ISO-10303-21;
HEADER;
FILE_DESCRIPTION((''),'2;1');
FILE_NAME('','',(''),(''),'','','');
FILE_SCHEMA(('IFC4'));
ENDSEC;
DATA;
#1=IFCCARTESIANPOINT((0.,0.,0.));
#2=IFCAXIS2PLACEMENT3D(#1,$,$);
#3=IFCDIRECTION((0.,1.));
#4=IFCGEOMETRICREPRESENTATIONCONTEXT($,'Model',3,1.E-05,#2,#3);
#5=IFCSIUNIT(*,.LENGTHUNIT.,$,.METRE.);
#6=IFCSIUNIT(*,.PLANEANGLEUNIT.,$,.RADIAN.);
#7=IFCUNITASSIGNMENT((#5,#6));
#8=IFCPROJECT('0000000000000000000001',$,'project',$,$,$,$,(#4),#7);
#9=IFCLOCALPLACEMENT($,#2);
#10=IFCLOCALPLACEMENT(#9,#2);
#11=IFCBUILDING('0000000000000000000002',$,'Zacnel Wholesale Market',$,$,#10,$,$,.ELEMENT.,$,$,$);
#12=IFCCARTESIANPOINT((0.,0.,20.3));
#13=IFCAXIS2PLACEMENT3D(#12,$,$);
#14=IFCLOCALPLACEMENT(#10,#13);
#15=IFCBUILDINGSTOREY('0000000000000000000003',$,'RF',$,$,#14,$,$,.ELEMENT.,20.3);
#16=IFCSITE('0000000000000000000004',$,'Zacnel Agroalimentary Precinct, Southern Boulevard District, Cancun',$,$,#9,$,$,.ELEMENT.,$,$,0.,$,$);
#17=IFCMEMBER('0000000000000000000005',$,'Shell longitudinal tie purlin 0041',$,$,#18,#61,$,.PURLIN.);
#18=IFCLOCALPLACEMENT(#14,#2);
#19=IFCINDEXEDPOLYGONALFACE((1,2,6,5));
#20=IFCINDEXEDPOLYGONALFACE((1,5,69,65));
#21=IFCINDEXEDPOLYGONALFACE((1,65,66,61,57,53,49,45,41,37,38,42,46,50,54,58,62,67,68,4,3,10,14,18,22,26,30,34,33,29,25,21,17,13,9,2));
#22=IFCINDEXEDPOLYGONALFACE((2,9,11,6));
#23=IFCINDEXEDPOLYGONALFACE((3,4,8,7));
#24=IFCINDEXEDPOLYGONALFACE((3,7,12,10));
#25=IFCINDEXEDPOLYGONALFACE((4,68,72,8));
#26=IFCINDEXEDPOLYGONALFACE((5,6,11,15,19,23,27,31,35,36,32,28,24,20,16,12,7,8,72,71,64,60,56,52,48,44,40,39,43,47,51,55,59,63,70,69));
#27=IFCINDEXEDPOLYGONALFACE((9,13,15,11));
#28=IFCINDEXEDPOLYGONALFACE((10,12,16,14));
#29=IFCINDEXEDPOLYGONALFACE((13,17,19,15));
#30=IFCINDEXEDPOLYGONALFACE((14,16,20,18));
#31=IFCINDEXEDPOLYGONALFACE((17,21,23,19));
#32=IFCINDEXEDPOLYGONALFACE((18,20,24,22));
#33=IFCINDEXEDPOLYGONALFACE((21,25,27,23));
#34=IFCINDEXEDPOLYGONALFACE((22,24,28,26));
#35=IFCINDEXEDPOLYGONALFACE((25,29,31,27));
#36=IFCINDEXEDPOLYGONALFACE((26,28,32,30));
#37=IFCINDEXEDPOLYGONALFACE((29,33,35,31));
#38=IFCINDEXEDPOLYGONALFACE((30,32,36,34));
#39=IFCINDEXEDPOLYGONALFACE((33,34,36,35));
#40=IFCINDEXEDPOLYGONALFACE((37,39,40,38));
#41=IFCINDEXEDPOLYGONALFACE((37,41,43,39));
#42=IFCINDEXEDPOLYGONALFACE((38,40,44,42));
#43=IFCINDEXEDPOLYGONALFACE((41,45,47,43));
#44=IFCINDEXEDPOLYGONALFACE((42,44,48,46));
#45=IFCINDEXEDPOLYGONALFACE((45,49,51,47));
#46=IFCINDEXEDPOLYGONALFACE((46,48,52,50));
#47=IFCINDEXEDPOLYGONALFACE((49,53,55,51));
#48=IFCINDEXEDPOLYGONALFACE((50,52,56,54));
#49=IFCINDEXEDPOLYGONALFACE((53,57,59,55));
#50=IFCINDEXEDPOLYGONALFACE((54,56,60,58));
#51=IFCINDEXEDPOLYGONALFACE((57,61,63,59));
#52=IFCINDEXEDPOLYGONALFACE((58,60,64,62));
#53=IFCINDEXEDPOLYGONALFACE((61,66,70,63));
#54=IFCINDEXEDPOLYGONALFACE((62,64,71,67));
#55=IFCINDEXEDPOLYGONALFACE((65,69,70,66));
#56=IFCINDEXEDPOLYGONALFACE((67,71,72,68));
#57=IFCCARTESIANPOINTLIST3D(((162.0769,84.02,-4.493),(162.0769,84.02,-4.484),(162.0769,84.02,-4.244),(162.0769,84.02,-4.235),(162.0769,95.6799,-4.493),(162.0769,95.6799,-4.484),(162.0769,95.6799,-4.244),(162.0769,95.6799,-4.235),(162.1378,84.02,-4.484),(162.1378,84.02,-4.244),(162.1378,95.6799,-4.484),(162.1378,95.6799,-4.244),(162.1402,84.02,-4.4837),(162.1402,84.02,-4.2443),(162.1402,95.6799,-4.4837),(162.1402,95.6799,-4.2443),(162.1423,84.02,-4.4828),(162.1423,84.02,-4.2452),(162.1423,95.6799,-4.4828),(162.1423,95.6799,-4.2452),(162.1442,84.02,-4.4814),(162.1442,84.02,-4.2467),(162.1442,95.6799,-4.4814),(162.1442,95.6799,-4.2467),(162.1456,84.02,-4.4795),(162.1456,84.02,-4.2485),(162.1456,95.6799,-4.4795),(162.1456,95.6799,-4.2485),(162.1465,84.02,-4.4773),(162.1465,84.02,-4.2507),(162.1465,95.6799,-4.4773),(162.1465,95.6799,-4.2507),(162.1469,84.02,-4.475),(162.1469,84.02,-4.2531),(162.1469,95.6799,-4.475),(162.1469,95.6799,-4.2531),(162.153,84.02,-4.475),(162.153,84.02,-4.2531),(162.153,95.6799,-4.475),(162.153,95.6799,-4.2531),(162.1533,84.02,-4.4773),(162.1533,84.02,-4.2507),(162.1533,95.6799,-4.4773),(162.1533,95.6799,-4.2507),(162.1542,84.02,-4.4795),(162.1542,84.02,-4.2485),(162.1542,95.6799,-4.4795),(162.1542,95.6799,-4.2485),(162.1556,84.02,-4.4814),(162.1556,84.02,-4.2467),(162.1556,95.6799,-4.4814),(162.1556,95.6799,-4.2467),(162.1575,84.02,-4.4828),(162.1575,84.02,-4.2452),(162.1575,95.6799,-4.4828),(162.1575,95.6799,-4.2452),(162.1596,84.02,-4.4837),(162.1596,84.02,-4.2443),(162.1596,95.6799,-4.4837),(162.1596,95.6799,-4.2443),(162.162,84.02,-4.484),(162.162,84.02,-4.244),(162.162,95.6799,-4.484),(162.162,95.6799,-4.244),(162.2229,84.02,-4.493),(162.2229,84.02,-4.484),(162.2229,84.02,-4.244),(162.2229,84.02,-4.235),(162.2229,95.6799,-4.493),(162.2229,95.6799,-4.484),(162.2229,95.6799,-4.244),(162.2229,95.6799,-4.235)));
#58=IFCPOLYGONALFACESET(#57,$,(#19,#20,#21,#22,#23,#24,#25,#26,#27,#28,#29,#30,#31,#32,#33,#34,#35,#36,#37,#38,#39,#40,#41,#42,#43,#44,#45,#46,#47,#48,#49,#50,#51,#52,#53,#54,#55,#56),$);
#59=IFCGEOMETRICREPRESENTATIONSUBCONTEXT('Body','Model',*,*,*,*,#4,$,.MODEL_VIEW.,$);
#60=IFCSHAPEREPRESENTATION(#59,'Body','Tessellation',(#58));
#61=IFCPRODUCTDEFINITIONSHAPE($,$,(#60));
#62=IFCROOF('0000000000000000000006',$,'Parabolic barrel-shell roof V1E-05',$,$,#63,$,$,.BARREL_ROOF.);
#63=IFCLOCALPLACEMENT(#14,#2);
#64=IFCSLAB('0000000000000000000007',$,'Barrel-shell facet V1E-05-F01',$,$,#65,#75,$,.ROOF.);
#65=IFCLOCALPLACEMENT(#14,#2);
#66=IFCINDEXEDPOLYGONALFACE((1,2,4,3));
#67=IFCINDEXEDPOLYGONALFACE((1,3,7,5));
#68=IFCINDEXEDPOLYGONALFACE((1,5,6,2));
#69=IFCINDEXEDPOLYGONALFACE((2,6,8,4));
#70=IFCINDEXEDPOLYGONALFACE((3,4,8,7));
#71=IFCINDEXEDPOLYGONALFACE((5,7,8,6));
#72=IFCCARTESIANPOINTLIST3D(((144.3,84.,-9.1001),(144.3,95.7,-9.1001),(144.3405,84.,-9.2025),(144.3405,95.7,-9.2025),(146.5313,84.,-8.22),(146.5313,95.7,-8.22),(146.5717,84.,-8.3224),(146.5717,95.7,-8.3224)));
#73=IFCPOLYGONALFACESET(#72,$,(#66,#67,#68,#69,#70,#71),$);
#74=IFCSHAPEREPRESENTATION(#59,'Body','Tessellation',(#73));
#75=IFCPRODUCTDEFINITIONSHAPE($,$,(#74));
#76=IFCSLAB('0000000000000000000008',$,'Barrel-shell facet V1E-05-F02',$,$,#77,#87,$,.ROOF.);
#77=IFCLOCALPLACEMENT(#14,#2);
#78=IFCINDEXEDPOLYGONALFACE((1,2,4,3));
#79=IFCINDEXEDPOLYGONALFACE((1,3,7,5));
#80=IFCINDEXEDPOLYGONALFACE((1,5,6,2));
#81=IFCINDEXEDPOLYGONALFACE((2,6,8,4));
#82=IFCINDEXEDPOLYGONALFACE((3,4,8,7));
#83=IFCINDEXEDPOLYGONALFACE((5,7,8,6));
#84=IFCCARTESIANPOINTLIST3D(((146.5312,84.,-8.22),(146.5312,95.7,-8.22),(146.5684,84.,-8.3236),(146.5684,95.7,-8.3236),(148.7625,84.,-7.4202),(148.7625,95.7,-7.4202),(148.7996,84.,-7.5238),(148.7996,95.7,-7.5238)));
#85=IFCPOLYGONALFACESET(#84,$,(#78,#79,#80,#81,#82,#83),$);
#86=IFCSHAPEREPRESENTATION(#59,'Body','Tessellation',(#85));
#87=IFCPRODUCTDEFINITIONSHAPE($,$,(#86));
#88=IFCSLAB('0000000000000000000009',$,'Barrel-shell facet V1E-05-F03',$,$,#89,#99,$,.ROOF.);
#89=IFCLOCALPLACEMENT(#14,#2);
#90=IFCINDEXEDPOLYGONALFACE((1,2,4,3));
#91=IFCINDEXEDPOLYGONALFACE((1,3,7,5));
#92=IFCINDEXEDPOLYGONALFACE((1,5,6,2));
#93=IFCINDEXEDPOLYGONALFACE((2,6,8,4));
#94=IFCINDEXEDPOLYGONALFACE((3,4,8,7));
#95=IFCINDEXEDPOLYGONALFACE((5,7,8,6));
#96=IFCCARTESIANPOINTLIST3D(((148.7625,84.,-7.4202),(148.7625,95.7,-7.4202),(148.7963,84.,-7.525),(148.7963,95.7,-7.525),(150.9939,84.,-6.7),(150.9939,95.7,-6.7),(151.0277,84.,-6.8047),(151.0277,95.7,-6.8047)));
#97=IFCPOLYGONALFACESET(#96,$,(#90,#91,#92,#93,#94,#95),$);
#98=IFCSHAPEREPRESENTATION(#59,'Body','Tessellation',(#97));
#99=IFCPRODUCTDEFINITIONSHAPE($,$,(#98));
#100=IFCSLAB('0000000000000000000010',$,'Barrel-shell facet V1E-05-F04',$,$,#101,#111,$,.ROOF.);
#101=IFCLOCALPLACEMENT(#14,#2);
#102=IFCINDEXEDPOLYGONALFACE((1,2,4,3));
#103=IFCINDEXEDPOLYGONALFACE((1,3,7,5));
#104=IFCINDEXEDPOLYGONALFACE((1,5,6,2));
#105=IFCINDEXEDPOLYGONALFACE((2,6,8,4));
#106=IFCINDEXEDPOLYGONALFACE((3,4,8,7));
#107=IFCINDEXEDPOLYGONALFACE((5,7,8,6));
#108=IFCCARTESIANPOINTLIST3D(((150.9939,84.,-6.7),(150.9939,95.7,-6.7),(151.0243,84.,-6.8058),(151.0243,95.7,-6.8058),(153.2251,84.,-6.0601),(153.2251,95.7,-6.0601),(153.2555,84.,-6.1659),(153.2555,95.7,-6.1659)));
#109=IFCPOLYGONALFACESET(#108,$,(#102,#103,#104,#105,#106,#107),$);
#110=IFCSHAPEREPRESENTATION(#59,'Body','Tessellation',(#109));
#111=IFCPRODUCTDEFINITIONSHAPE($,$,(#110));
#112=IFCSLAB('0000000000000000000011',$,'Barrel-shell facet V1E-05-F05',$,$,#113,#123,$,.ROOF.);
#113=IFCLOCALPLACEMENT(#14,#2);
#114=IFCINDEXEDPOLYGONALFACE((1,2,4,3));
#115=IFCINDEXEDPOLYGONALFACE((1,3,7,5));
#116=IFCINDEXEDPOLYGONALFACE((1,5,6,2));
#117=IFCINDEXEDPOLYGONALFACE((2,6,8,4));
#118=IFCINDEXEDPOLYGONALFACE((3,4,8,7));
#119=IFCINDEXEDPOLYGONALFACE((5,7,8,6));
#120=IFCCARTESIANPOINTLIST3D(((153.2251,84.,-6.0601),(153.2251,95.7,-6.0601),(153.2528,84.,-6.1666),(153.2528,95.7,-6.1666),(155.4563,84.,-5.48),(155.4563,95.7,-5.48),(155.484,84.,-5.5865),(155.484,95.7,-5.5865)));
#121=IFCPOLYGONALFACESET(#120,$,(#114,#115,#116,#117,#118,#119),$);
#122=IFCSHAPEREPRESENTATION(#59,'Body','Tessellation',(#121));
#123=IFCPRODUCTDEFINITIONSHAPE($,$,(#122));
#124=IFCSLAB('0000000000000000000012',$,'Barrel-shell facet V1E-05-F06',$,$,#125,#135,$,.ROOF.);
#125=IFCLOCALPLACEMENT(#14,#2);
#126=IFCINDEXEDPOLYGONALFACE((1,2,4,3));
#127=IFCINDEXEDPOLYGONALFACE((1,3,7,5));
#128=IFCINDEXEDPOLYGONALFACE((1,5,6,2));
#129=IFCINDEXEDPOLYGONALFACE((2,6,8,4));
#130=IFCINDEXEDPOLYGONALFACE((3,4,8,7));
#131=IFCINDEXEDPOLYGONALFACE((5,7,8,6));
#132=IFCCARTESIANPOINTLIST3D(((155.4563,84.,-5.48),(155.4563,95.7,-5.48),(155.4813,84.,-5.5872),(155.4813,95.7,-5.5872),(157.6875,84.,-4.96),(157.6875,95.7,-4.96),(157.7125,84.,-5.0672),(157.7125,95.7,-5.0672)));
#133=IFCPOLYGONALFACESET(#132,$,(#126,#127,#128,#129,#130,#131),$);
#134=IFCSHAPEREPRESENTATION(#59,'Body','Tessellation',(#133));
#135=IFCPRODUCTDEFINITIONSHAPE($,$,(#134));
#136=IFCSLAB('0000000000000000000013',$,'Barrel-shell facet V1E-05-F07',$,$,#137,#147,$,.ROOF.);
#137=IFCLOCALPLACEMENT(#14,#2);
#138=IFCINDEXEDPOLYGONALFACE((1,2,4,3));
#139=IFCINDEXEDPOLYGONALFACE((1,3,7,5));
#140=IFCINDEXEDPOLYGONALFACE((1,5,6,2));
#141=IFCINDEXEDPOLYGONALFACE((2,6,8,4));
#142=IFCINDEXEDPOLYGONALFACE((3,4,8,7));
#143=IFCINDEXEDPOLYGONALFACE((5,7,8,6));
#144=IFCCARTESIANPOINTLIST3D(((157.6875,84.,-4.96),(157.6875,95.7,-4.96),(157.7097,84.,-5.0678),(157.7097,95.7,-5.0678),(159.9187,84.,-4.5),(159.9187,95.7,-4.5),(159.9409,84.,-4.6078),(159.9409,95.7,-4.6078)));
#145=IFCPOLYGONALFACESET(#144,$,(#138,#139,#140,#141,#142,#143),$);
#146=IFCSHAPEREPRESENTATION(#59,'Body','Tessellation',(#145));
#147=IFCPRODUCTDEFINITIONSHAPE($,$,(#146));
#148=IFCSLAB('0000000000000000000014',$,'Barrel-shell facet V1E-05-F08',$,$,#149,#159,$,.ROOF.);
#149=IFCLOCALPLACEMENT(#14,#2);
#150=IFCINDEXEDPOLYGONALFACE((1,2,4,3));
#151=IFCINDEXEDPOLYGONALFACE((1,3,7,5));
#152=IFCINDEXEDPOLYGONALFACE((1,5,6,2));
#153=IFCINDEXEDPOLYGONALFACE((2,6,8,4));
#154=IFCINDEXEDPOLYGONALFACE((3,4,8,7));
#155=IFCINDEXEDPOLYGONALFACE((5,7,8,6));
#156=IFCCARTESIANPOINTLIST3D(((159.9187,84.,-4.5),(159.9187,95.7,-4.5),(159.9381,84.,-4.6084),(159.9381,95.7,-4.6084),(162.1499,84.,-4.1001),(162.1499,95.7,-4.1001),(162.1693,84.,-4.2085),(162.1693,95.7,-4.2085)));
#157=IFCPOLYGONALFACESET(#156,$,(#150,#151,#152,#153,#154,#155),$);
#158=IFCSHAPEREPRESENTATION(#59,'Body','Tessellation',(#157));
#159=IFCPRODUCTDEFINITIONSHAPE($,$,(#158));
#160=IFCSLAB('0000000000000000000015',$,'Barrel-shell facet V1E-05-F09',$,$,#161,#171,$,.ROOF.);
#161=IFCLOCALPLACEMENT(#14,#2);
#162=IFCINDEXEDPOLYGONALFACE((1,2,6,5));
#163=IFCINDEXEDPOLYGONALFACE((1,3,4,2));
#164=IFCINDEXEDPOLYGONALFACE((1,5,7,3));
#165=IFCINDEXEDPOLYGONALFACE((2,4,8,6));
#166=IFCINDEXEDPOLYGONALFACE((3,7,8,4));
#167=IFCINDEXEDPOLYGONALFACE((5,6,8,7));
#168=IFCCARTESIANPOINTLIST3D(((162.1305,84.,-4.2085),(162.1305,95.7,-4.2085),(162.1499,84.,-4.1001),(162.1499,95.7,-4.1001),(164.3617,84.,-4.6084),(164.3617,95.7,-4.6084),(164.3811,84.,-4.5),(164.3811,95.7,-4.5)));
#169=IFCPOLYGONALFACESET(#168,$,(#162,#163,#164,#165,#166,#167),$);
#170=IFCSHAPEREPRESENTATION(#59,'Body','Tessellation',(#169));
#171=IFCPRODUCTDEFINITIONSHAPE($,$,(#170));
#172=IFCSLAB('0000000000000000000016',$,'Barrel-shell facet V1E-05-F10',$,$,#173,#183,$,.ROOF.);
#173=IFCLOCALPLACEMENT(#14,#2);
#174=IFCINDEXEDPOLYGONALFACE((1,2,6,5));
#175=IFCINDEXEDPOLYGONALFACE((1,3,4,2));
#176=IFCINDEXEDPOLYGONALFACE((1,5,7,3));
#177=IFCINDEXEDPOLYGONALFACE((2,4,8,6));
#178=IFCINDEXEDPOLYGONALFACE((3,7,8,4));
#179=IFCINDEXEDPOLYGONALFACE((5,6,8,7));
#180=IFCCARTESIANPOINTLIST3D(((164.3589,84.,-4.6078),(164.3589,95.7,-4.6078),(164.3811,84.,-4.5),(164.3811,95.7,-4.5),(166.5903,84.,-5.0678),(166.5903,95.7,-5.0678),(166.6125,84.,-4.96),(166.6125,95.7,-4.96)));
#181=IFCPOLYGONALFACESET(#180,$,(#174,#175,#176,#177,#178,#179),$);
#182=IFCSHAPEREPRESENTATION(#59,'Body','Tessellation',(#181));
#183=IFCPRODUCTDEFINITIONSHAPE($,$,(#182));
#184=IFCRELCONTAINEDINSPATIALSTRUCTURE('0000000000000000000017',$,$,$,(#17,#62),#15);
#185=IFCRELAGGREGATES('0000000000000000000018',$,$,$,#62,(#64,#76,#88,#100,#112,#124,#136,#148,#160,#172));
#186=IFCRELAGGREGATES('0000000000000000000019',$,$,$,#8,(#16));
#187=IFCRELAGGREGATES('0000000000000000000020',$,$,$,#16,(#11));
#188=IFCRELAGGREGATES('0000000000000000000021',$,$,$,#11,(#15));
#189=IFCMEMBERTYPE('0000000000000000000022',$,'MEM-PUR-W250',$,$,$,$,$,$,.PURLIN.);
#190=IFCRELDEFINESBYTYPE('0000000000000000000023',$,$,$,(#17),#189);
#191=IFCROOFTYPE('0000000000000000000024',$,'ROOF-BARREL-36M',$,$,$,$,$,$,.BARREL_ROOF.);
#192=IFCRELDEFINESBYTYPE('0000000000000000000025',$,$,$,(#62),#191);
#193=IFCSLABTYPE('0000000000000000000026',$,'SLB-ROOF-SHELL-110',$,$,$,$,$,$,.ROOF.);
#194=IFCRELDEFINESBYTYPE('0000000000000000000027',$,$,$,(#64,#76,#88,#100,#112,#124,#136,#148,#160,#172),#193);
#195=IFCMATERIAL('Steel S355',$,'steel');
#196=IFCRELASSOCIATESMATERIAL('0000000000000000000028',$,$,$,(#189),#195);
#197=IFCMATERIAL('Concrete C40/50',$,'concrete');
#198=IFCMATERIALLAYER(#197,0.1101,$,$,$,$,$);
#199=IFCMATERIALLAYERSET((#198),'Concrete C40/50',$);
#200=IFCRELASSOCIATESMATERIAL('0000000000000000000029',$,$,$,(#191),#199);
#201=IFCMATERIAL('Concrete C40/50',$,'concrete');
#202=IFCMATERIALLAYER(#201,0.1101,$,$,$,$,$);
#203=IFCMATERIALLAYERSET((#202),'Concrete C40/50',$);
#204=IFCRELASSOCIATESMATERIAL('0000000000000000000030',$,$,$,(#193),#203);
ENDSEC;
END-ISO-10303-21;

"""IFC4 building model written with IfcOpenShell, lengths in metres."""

from ifc_helpers import new_model, si_unit, direction, frame, origin, origin_2d, place, context, subcontext, project, spatial, polyline, i_section, outline, extrude, material, layer, layer_set, material_profile, profile_set, type_object, element, aggregate, save


model = new_model("IFC4")

# Units and contexts
model_context = context("Model", 3, precision=1e-05, world=origin(), true_north=direction((0.0, 1.0)))
body_context = subcontext(model_context, "Body", "Model", "MODEL_VIEW")
ifc_project = project(units=[si_unit("LENGTHUNIT", "METRE"), si_unit("PLANEANGLEUNIT", "RADIAN")], contexts=[model_context])

# Site, building, storey
site_placement = place(None, origin())
site = spatial("IfcSite", under=ifc_project, at=site_placement, Name="Zacnel Agroalimentary Precinct, Southern Boulevard District, Cancun", CompositionType="ELEMENT", RefElevation=0.0)
building_placement = place(site_placement, origin())
building = spatial("IfcBuilding", under=site, at=building_placement, Name="Zacnel Wholesale Market", CompositionType="ELEMENT")
storey_placement = place(building_placement, frame((0.0, 0.0, 20.3)))
storey = spatial("IfcBuildingStorey", under=building, at=storey_placement, Name="RF", CompositionType="ELEMENT", Elevation=20.3)

# Member
ifc_material_1 = material(Name="Steel S355", Category="steel")
ifc_material_profile_1 = material_profile(ifc_material_1, i_section(OverallWidth=0.146, OverallDepth=0.2581, WebThickness=0.0061, FlangeThickness=0.009, FilletRadius=0.009, at=origin_2d()), Name="W250X32.7")
ifc_profile_set_1 = profile_set([ifc_material_profile_1], Name="Steel S355")
member_type_1 = type_object("IfcMemberType", Name="MEM-PUR-W250", PredefinedType="PURLIN", material=ifc_profile_set_1)
member_1_placement = place(storey_placement, frame((162.1499, 84.02, -4.364), z_axis=(0.0, 1.0, 0.0), x_axis=(-1.0, 0.0, 0.0)))
element("IfcMember", 1, at=member_1_placement, inside=storey, type_object=member_type_1, Name="Shell longitudinal tie purlin 0041", PredefinedType="PURLIN", context=body_context, shape_type="SweptSolid", body=[
    extrude(i_section(OverallWidth=0.146, OverallDepth=0.2581, WebThickness=0.0061, FlangeThickness=0.009, FilletRadius=0.009, at=origin_2d()), origin(), (0.0, 0.0, 1.0), 11.6599),
])

# Roof, slabs
ifc_material_2 = material(Name="Concrete C40/50", Category="concrete")
ifc_layer_1 = layer(ifc_material_2, 0.1101)
ifc_layer_set_1 = layer_set([ifc_layer_1], Name="Concrete C40/50")
roof_type = type_object("IfcRoofType", Name="ROOF-BARREL-36M", PredefinedType="BARREL_ROOF", material=ifc_layer_set_1)
roof_placement = place(storey_placement, origin())
roof = element("IfcRoof", 2, at=roof_placement, inside=storey, type_object=roof_type, Name="Parabolic barrel-shell roof V1E-05", PredefinedType="BARREL_ROOF")
ifc_material_3 = material(Name="Concrete C40/50", Category="concrete")
ifc_layer_2 = layer(ifc_material_3, 0.1101)
ifc_layer_set_2 = layer_set([ifc_layer_2], Name="Concrete C40/50")
slab_type = type_object("IfcSlabType", Name="SLB-ROOF-SHELL-110", PredefinedType="ROOF", material=ifc_layer_set_2)
slab_1_placement = place(storey_placement, frame((144.3, 84.0, -9.1001), z_axis=(-0.366946, 0.0, 0.930242), x_axis=(0.0, 1.0, 0.0)))
slab_1 = element("IfcSlab", 3, at=slab_1_placement, type_object=slab_type, Name="Barrel-shell facet V1E-05-F01", PredefinedType="ROOF", context=body_context, shape_type="SweptSolid", body=[
    extrude(outline(polyline([(0.0, 0.0), (11.7, 0.0), (11.7, -2.3985), (0.0, -2.3985), (0.0, 0.0)])), origin(), (0.0, 0.0, -1.0), 0.1101),
])
slab_2_placement = place(storey_placement, frame((146.5312, 84.0, -8.22), z_axis=(-0.337439, 0.0, 0.941347), x_axis=(0.0, 1.0, 0.0)))
slab_2 = element("IfcSlab", 4, at=slab_2_placement, type_object=slab_type, Name="Barrel-shell facet V1E-05-F02", PredefinedType="ROOF", context=body_context, shape_type="SweptSolid", body=[
    extrude(outline(polyline([(0.0, 0.0), (11.7, 0.0), (11.7, -2.3702), (0.0, -2.3702), (0.0, 0.0)])), origin(), (0.0, 0.0, -1.0), 0.1101),
])
slab_3_placement = place(storey_placement, frame((148.7625, 84.0, -7.4202), z_axis=(-0.307155, 0.0, 0.95166), x_axis=(0.0, 1.0, 0.0)))
slab_3 = element("IfcSlab", 5, at=slab_3_placement, type_object=slab_type, Name="Barrel-shell facet V1E-05-F03", PredefinedType="ROOF", context=body_context, shape_type="SweptSolid", body=[
    extrude(outline(polyline([(0.0, 0.0), (11.7, 0.0), (11.7, -2.3448), (0.0, -2.3448), (0.0, 0.0)])), origin(), (0.0, 0.0, -1.0), 0.1101),
])
slab_4_placement = place(storey_placement, frame((150.9939, 84.0, -6.7), z_axis=(-0.27568, 0.0, 0.96125), x_axis=(0.0, 1.0, 0.0)))
slab_4 = element("IfcSlab", 6, at=slab_4_placement, type_object=slab_type, Name="Barrel-shell facet V1E-05-F04", PredefinedType="ROOF", context=body_context, shape_type="SweptSolid", body=[
    extrude(outline(polyline([(0.0, 0.0), (11.7, 0.0), (11.7, -2.3211), (0.0, -2.3211), (0.0, 0.0)])), origin(), (0.0, 0.0, -1.0), 0.1101),
])
slab_5_placement = place(storey_placement, frame((153.2251, 84.0, -6.0601), z_axis=(-0.25162, 0.0, 0.967826), x_axis=(0.0, 1.0, 0.0)))
slab_5 = element("IfcSlab", 7, at=slab_5_placement, type_object=slab_type, Name="Barrel-shell facet V1E-05-F05", PredefinedType="ROOF", context=body_context, shape_type="SweptSolid", body=[
    extrude(outline(polyline([(0.0, 0.0), (11.7, 0.0), (11.7, -2.3054), (0.0, -2.3054), (0.0, 0.0)])), origin(), (0.0, 0.0, -1.0), 0.1101),
])
slab_6_placement = place(storey_placement, frame((155.4563, 84.0, -5.48), z_axis=(-0.226984, 0.0, 0.973899), x_axis=(0.0, 1.0, 0.0)))
slab_6 = element("IfcSlab", 8, at=slab_6_placement, type_object=slab_type, Name="Barrel-shell facet V1E-05-F06", PredefinedType="ROOF", context=body_context, shape_type="SweptSolid", body=[
    extrude(outline(polyline([(0.0, 0.0), (11.7, 0.0), (11.7, -2.291), (0.0, -2.291), (0.0, 0.0)])), origin(), (0.0, 0.0, -1.0), 0.1101),
])
slab_7_placement = place(storey_placement, frame((157.6875, 84.0, -4.96), z_axis=(-0.201904, 0.0, 0.979405), x_axis=(0.0, 1.0, 0.0)))
slab_7 = element("IfcSlab", 9, at=slab_7_placement, type_object=slab_type, Name="Barrel-shell facet V1E-05-F07", PredefinedType="ROOF", context=body_context, shape_type="SweptSolid", body=[
    extrude(outline(polyline([(0.0, 0.0), (11.7, 0.0), (11.7, -2.2781), (0.0, -2.2781), (0.0, 0.0)])), origin(), (0.0, 0.0, -1.0), 0.1101),
])
slab_8_placement = place(storey_placement, frame((159.9187, 84.0, -4.5), z_axis=(-0.176421, 0.0, 0.984315), x_axis=(0.0, 1.0, 0.0)))
slab_8 = element("IfcSlab", 10, at=slab_8_placement, type_object=slab_type, Name="Barrel-shell facet V1E-05-F08", PredefinedType="ROOF", context=body_context, shape_type="SweptSolid", body=[
    extrude(outline(polyline([(0.0, 0.0), (11.7, 0.0), (11.7, -2.2668), (0.0, -2.2668), (0.0, 0.0)])), origin(), (0.0, 0.0, -1.0), 0.1101),
])
slab_9_placement = place(storey_placement, frame((162.1499, 84.0, -4.1001), z_axis=(0.176421, 0.0, 0.984315), x_axis=(0.0, 1.0, 0.0)))
slab_9 = element("IfcSlab", 11, at=slab_9_placement, type_object=slab_type, Name="Barrel-shell facet V1E-05-F09", PredefinedType="ROOF", context=body_context, shape_type="SweptSolid", body=[
    extrude(outline(polyline([(0.0, 0.0), (11.7, 0.0), (11.7, -2.2668), (0.0, -2.2668), (0.0, 0.0)])), origin(), (0.0, 0.0, -1.0), 0.1101),
])
slab_10_placement = place(storey_placement, frame((164.3811, 84.0, -4.5), z_axis=(0.201883, 0.0, 0.97941), x_axis=(0.0, 1.0, 0.0)))
slab_10 = element("IfcSlab", 12, at=slab_10_placement, type_object=slab_type, Name="Barrel-shell facet V1E-05-F10", PredefinedType="ROOF", context=body_context, shape_type="SweptSolid", body=[
    extrude(outline(polyline([(0.0, 0.0), (11.7, 0.0), (11.7, -2.2784), (0.0, -2.2784), (0.0, 0.0)])), origin(), (0.0, 0.0, -1.0), 0.1101),
])
aggregate(roof, [slab_1, slab_2, slab_3, slab_4, slab_5, slab_6, slab_7, slab_8, slab_9, slab_10])

save(model, "model.ifc")
